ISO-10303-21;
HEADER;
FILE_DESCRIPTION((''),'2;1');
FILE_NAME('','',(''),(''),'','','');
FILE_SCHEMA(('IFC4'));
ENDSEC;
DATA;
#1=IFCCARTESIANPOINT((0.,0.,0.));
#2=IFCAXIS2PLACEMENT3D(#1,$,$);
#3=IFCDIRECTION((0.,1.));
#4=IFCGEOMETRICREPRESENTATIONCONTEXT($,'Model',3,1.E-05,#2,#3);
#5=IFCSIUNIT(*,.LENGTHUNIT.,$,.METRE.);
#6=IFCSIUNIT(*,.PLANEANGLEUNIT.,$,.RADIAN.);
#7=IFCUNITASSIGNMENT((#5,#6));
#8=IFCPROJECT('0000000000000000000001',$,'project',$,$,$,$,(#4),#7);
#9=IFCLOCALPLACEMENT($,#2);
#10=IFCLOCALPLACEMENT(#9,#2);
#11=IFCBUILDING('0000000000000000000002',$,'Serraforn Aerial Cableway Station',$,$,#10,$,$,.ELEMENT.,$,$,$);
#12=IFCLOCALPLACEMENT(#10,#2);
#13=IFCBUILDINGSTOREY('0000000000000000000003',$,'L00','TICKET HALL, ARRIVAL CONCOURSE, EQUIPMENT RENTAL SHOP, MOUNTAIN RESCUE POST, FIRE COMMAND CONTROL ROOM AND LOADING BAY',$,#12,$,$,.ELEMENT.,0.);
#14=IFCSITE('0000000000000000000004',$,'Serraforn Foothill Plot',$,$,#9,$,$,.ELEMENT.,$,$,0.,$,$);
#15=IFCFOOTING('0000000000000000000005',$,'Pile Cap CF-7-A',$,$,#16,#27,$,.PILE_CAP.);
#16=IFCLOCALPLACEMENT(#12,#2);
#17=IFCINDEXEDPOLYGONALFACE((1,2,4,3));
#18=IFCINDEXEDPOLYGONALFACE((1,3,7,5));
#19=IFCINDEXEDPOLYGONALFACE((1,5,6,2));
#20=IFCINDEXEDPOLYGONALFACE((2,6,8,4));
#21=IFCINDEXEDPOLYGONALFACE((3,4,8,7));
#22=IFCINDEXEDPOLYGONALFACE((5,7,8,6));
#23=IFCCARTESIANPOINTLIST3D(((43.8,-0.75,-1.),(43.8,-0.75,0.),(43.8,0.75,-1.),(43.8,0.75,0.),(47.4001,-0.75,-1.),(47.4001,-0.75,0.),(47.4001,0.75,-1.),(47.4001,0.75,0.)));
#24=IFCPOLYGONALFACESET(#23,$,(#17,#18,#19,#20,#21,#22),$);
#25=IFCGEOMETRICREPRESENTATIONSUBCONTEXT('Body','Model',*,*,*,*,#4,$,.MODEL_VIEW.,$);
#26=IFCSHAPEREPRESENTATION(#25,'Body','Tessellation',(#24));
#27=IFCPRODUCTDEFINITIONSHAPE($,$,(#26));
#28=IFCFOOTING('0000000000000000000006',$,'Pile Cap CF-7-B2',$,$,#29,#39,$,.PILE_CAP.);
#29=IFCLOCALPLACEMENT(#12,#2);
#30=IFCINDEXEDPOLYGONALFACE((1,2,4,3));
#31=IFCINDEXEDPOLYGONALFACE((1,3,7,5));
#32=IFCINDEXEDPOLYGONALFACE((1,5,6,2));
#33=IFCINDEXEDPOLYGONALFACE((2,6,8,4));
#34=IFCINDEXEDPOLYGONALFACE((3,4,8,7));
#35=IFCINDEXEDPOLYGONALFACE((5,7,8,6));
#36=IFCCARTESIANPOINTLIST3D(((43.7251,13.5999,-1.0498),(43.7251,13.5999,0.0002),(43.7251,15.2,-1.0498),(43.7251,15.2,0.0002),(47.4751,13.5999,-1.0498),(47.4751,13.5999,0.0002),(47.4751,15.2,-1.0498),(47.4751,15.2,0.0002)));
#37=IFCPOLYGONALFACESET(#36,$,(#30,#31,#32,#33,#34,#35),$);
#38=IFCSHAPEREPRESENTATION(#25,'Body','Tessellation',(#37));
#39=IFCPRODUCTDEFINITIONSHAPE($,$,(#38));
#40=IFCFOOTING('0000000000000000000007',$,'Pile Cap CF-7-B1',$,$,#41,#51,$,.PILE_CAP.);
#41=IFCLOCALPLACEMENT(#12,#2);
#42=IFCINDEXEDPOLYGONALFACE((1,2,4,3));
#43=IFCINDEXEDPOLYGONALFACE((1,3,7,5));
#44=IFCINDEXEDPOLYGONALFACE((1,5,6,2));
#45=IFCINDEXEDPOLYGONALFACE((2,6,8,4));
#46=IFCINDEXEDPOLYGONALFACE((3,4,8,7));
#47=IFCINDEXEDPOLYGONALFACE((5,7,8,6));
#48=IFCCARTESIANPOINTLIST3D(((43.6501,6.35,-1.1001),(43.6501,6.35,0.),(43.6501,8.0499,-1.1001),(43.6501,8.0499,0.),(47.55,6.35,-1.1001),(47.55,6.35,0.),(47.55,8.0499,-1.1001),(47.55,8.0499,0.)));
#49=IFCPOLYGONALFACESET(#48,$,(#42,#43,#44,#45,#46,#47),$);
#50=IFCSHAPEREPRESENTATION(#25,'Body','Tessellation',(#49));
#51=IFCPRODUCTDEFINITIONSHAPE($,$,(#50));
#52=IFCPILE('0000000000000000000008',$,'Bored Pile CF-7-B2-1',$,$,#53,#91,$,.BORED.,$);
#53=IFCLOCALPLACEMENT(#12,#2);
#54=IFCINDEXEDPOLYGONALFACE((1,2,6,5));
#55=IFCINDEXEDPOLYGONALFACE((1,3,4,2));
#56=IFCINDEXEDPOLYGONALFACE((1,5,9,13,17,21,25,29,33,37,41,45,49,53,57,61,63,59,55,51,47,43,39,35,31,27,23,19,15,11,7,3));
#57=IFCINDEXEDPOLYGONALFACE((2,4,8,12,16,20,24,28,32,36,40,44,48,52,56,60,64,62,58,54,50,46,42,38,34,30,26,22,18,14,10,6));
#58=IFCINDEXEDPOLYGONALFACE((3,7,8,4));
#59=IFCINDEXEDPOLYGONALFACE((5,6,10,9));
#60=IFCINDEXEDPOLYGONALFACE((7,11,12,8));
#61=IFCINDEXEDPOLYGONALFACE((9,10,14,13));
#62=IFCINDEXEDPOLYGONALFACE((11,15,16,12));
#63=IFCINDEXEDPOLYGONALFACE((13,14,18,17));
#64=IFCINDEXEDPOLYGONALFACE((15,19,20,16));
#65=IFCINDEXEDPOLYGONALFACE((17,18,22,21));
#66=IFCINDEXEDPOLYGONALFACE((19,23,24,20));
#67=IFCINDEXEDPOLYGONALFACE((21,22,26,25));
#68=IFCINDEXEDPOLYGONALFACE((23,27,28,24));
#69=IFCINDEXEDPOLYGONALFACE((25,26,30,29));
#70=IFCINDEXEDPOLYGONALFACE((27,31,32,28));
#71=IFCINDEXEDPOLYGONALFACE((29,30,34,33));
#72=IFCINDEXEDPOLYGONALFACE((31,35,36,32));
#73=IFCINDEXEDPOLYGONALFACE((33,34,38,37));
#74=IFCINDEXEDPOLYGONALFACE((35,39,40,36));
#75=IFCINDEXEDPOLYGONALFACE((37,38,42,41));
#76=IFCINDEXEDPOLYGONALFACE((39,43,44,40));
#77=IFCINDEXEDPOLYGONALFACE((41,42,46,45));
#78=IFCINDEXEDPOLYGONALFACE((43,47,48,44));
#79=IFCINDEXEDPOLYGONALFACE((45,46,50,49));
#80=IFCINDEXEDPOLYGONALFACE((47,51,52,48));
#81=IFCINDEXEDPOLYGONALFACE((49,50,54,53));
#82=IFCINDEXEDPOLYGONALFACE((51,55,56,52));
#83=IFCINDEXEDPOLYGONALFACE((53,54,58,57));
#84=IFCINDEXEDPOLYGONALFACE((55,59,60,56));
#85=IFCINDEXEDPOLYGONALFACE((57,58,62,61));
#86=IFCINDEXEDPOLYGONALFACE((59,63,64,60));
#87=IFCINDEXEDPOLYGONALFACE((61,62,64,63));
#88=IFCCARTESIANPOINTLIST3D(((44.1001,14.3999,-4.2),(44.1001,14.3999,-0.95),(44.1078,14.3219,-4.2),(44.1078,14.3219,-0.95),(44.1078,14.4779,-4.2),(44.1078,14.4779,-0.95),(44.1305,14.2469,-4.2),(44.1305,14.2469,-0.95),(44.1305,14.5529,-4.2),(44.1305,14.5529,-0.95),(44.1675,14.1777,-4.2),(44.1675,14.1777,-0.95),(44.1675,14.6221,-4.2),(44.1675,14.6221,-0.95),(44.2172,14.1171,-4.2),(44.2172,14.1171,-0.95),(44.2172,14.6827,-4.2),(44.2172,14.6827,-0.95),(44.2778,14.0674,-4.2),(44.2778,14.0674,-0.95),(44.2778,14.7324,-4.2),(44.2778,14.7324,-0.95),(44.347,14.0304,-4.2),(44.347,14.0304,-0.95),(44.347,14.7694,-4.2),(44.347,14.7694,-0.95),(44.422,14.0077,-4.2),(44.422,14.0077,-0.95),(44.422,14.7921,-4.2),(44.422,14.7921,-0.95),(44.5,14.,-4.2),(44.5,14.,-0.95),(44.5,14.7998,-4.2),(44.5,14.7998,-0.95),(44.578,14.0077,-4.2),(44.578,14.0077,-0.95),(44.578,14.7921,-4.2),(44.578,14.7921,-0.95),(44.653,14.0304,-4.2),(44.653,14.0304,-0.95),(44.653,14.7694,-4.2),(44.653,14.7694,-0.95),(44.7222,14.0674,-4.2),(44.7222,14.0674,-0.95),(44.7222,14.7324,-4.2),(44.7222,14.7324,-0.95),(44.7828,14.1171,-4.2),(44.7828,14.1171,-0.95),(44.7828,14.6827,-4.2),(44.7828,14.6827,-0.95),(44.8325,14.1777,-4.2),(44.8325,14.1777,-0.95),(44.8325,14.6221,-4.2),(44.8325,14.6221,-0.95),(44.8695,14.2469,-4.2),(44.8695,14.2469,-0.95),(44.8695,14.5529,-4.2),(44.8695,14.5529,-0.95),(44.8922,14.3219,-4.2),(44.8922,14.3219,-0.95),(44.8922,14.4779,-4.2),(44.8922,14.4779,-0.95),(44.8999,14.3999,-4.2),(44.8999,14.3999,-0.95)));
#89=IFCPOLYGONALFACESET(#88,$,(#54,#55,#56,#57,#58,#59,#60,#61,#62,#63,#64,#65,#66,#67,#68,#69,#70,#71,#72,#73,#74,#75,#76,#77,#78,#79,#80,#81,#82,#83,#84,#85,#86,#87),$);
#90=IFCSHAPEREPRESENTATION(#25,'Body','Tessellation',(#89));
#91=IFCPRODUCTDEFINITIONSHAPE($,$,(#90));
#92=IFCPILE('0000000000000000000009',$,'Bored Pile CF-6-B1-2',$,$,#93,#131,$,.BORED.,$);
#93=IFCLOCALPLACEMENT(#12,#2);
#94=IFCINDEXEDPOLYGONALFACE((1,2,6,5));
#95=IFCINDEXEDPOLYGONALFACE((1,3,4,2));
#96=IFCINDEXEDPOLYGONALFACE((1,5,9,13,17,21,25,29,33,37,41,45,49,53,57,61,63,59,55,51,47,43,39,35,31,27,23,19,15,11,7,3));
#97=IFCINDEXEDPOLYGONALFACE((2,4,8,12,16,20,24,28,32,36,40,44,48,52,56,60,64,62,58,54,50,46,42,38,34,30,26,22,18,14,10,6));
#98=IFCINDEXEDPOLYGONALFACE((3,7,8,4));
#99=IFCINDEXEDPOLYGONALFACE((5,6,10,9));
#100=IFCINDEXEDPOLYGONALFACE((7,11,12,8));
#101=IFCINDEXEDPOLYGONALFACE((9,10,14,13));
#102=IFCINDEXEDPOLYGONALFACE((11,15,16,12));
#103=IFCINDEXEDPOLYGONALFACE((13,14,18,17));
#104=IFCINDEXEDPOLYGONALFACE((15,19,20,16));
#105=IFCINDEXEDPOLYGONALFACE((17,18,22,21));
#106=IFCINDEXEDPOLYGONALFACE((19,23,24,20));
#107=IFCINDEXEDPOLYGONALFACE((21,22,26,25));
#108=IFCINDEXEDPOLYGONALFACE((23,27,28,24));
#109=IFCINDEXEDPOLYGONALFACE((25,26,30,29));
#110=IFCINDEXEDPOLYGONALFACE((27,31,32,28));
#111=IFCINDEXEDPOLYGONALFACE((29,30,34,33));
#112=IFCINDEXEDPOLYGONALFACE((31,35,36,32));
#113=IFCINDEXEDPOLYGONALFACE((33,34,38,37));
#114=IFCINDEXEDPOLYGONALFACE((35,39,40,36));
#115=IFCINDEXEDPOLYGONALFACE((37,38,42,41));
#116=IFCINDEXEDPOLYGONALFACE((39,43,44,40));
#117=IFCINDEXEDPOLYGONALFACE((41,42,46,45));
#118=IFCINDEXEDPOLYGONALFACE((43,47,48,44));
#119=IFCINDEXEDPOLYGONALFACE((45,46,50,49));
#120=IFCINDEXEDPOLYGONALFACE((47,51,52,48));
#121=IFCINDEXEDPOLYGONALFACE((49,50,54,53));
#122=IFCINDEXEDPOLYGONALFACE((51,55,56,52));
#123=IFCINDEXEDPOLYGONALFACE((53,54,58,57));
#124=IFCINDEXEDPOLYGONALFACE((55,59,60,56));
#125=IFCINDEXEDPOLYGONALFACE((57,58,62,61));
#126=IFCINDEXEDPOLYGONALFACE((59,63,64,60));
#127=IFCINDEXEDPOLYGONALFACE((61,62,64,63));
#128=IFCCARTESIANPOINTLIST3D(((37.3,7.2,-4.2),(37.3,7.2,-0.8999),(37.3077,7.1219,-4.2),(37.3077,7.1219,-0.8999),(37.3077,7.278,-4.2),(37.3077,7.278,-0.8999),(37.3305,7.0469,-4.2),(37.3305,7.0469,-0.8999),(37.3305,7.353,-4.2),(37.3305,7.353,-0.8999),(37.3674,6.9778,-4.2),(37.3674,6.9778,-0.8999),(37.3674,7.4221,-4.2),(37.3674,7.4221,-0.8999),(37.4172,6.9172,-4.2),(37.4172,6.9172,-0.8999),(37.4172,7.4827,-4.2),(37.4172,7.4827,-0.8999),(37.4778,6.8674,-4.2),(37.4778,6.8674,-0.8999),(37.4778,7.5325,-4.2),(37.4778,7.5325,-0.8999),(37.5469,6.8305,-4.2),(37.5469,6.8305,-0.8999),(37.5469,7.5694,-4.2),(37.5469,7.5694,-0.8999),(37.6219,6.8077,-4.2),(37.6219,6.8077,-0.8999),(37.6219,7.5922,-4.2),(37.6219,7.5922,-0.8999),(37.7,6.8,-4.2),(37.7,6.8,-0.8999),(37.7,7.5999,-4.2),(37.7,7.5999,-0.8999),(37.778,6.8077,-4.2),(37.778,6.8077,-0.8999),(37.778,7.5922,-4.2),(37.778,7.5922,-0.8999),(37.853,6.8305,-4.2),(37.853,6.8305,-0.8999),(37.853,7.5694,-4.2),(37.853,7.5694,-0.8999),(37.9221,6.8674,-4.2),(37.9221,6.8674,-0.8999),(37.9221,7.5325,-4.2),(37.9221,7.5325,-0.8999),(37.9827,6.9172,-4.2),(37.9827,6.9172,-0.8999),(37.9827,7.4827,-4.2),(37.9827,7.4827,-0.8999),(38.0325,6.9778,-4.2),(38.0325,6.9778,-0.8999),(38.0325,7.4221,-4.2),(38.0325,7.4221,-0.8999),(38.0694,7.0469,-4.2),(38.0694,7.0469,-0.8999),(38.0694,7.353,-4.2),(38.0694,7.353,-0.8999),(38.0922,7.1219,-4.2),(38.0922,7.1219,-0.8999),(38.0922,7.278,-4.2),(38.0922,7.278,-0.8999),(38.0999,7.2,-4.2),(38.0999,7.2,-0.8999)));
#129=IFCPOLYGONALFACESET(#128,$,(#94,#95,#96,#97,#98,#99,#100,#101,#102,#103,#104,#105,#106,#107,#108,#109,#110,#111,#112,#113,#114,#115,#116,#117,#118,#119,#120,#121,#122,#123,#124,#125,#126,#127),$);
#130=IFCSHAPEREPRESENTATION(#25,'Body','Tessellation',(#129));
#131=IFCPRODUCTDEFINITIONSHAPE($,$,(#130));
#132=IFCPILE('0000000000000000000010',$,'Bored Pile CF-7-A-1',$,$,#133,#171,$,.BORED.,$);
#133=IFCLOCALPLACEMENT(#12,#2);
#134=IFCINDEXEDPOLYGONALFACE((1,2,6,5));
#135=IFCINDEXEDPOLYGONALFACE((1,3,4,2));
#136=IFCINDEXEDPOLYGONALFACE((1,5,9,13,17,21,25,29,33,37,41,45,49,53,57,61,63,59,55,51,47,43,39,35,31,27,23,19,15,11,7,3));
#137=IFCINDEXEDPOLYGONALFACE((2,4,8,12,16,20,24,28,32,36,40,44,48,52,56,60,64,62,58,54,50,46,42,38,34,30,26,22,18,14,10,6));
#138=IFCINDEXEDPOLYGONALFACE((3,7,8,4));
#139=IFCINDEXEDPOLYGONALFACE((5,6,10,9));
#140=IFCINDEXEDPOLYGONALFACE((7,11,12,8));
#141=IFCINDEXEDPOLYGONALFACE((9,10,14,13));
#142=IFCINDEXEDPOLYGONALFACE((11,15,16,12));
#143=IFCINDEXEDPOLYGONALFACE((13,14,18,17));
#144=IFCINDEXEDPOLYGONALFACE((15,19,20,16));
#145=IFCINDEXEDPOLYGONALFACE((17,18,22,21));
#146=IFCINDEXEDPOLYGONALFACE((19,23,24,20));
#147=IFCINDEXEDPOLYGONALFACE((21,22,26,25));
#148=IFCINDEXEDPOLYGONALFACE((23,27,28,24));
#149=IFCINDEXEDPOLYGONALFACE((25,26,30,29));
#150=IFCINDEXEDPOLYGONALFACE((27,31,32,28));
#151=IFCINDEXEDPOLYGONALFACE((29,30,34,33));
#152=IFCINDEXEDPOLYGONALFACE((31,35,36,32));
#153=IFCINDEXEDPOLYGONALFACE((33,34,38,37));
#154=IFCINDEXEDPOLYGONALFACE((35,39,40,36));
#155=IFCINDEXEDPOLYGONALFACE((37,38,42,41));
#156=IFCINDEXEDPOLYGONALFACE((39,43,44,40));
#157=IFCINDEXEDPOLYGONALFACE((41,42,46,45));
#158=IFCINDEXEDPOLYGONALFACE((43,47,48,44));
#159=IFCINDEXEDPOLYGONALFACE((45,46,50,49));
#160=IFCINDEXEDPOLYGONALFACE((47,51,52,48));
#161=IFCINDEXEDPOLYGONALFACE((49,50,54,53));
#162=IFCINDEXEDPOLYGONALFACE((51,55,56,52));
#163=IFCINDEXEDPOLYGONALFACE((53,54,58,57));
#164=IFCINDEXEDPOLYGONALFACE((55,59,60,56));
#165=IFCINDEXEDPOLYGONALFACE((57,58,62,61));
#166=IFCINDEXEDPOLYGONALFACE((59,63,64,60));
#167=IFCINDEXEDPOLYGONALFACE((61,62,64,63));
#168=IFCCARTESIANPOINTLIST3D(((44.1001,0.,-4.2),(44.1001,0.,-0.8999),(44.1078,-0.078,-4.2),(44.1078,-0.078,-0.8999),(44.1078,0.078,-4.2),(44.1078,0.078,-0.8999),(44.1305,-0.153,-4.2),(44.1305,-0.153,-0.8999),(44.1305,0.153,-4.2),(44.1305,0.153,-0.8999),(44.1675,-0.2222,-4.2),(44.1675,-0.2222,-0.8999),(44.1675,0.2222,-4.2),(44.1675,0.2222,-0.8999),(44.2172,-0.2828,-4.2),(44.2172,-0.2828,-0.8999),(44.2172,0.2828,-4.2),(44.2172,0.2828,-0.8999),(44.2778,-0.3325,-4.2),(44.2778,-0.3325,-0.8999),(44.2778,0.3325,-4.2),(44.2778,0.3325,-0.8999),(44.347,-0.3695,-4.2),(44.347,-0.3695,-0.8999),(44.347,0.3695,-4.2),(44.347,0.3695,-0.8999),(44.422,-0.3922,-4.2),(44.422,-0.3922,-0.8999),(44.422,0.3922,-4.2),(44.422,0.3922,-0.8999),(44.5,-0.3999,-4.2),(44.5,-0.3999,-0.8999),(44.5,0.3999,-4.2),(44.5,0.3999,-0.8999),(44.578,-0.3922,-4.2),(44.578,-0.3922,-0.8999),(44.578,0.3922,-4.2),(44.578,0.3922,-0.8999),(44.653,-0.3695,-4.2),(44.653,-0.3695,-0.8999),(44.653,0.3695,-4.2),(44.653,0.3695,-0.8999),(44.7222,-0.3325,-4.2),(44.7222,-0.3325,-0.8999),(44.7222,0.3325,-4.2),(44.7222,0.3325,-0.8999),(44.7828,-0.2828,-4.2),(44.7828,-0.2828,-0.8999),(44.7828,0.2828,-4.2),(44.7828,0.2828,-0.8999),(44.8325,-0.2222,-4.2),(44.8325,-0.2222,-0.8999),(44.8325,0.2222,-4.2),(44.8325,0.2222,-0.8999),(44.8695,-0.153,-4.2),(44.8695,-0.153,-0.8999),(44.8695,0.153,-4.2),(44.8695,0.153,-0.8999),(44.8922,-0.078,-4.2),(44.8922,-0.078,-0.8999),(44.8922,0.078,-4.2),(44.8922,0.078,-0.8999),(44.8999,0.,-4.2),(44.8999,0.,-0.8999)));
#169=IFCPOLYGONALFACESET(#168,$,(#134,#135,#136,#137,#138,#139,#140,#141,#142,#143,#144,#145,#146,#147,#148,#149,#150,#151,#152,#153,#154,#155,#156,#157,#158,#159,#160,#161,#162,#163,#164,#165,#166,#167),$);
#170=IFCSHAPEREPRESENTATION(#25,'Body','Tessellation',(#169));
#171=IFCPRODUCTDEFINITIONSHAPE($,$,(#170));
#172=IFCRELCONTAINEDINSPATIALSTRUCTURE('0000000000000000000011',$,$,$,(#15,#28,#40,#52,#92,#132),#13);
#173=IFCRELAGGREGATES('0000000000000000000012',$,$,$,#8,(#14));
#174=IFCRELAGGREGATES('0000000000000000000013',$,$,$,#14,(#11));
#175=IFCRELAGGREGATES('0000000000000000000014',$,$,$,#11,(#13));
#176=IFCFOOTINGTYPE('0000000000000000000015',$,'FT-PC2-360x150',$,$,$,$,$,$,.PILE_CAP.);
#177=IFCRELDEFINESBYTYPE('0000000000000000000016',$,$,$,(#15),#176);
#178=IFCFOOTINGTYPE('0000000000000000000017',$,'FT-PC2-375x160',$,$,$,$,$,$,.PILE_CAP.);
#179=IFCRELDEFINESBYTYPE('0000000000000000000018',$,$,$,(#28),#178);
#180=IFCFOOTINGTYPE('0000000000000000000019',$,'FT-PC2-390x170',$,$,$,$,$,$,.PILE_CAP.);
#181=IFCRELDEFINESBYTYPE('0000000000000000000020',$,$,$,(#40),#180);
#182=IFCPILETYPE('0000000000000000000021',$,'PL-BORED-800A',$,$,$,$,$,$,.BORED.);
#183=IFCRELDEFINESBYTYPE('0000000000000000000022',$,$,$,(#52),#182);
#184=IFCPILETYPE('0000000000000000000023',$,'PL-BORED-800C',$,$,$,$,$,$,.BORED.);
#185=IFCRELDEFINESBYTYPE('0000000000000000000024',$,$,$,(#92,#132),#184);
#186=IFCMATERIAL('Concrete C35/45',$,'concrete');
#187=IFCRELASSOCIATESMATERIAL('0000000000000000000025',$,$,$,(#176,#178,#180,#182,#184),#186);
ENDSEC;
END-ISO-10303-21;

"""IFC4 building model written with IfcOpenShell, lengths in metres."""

from ifc_helpers import new_model, si_unit, direction, frame, origin, origin_2d, place, context, subcontext, project, spatial, rectangle, circle, extrude, material, material_profile, profile_set, type_object, element, save


model = new_model("IFC4")

# Units and contexts
model_context = context("Model", 3, precision=1e-05, world=origin(), true_north=direction((0.0, 1.0)))
body_context = subcontext(model_context, "Body", "Model", "MODEL_VIEW")
ifc_project = project(units=[si_unit("LENGTHUNIT", "METRE"), si_unit("PLANEANGLEUNIT", "RADIAN")], contexts=[model_context])

# Site, building, storey
site_placement = place(None, origin())
site = spatial("IfcSite", under=ifc_project, at=site_placement, Name="Serraforn Foothill Plot", CompositionType="ELEMENT", RefElevation=0.0)
building_placement = place(site_placement, origin())
building = spatial("IfcBuilding", under=site, at=building_placement, Name="Serraforn Aerial Cableway Station", CompositionType="ELEMENT")
storey_placement = place(building_placement, origin())
storey = spatial("IfcBuildingStorey", under=building, at=storey_placement, Name="L00", Description="TICKET HALL, ARRIVAL CONCOURSE, EQUIPMENT RENTAL SHOP, MOUNTAIN RESCUE POST, FIRE COMMAND CONTROL ROOM AND LOADING BAY", CompositionType="ELEMENT", Elevation=0.0)

# Footings
ifc_material_1 = material(Name="Concrete C35/45", Category="concrete")
footing_type_1 = type_object("IfcFootingType", Name="FT-PC2-360x150", PredefinedType="PILE_CAP", material=ifc_material_1)
footing_1_placement = place(storey_placement, frame((45.6001, 0.0, -1.0), z_axis=(0.0, 0.0, 1.0), x_axis=(1.0, 0.0, 0.0)))
element("IfcFooting", 1, at=footing_1_placement, inside=storey, type_object=footing_type_1, Name="Pile Cap CF-7-A", PredefinedType="PILE_CAP", context=body_context, shape_type="SweptSolid", body=[
    extrude(rectangle(XDim=3.6001, YDim=1.5, at=origin_2d()), origin(), (0.0, 0.0, 1.0), 1.0),
])
footing_type_2 = type_object("IfcFootingType", Name="FT-PC2-375x160", PredefinedType="PILE_CAP", material=ifc_material_1)
footing_2_placement = place(storey_placement, frame((45.6001, 14.3999, -1.0498), z_axis=(0.0, 0.0, 1.0), x_axis=(1.0, 0.0, 0.0)))
element("IfcFooting", 2, at=footing_2_placement, inside=storey, type_object=footing_type_2, Name="Pile Cap CF-7-B2", PredefinedType="PILE_CAP", context=body_context, shape_type="SweptSolid", body=[
    extrude(rectangle(XDim=3.75, YDim=1.6001, at=origin_2d()), origin(), (0.0, 0.0, 1.0), 1.05),
])
footing_type_3 = type_object("IfcFootingType", Name="FT-PC2-390x170", PredefinedType="PILE_CAP", material=ifc_material_1)
footing_3_placement = place(storey_placement, frame((45.6001, 7.2, -1.1001), z_axis=(0.0, 0.0, 1.0), x_axis=(1.0, 0.0, 0.0)))
element("IfcFooting", 3, at=footing_3_placement, inside=storey, type_object=footing_type_3, Name="Pile Cap CF-7-B1", PredefinedType="PILE_CAP", context=body_context, shape_type="SweptSolid", body=[
    extrude(rectangle(XDim=3.8999, YDim=1.7, at=origin_2d()), origin(), (0.0, 0.0, 1.0), 1.1001),
])

# Piles
ifc_material_profile_1 = material_profile(ifc_material_1, circle(Radius=0.3999, at=origin_2d()), Name="BORED PILE D800")
ifc_profile_set_1 = profile_set([ifc_material_profile_1], Name="Concrete C35/45")
pile_type_1 = type_object("IfcPileType", Name="PL-BORED-800A", PredefinedType="BORED", material=ifc_profile_set_1)
pile_placement = place(storey_placement, frame((44.5, 14.3999, -0.95), z_axis=(0.0, 0.0, -1.0), x_axis=(1.0, 0.0, 0.0)))
element("IfcPile", 4, at=pile_placement, inside=storey, type_object=pile_type_1, Name="Bored Pile CF-7-B2-1", PredefinedType="BORED", context=body_context, shape_type="SweptSolid", body=[
    extrude(circle(Radius=0.3999, at=origin_2d()), origin(), (0.0, 0.0, 1.0), 3.25),
])
ifc_material_profile_2 = material_profile(ifc_material_1, circle(Radius=0.3999, at=origin_2d()), Name="BORED PILE D800")
ifc_profile_set_2 = profile_set([ifc_material_profile_2], Name="Concrete C35/45")
pile_type_2 = type_object("IfcPileType", Name="PL-BORED-800C", PredefinedType="BORED", material=ifc_profile_set_2)
for number, where, z_axis, x_axis, name in (
    (5, (37.7, 7.2, -0.8999), (0.0, 0.0, -1.0), (1.0, 0.0, 0.0), "Bored Pile CF-6-B1-2"),
    (6, (44.5, 0.0, -0.8999), (0.0, 0.0, -1.0), (1.0, 0.0, 0.0), "Bored Pile CF-7-A-1"),
):
    element("IfcPile", number, at=place(storey_placement, frame(where, z_axis=z_axis, x_axis=x_axis)), inside=storey, type_object=pile_type_2, Name=name, PredefinedType="BORED", context=body_context, shape_type="SweptSolid", body=[
        extrude(circle(Radius=0.3999, at=origin_2d()), origin(), (0.0, 0.0, 1.0), 3.3),
    ])

save(model, "model.ifc")
